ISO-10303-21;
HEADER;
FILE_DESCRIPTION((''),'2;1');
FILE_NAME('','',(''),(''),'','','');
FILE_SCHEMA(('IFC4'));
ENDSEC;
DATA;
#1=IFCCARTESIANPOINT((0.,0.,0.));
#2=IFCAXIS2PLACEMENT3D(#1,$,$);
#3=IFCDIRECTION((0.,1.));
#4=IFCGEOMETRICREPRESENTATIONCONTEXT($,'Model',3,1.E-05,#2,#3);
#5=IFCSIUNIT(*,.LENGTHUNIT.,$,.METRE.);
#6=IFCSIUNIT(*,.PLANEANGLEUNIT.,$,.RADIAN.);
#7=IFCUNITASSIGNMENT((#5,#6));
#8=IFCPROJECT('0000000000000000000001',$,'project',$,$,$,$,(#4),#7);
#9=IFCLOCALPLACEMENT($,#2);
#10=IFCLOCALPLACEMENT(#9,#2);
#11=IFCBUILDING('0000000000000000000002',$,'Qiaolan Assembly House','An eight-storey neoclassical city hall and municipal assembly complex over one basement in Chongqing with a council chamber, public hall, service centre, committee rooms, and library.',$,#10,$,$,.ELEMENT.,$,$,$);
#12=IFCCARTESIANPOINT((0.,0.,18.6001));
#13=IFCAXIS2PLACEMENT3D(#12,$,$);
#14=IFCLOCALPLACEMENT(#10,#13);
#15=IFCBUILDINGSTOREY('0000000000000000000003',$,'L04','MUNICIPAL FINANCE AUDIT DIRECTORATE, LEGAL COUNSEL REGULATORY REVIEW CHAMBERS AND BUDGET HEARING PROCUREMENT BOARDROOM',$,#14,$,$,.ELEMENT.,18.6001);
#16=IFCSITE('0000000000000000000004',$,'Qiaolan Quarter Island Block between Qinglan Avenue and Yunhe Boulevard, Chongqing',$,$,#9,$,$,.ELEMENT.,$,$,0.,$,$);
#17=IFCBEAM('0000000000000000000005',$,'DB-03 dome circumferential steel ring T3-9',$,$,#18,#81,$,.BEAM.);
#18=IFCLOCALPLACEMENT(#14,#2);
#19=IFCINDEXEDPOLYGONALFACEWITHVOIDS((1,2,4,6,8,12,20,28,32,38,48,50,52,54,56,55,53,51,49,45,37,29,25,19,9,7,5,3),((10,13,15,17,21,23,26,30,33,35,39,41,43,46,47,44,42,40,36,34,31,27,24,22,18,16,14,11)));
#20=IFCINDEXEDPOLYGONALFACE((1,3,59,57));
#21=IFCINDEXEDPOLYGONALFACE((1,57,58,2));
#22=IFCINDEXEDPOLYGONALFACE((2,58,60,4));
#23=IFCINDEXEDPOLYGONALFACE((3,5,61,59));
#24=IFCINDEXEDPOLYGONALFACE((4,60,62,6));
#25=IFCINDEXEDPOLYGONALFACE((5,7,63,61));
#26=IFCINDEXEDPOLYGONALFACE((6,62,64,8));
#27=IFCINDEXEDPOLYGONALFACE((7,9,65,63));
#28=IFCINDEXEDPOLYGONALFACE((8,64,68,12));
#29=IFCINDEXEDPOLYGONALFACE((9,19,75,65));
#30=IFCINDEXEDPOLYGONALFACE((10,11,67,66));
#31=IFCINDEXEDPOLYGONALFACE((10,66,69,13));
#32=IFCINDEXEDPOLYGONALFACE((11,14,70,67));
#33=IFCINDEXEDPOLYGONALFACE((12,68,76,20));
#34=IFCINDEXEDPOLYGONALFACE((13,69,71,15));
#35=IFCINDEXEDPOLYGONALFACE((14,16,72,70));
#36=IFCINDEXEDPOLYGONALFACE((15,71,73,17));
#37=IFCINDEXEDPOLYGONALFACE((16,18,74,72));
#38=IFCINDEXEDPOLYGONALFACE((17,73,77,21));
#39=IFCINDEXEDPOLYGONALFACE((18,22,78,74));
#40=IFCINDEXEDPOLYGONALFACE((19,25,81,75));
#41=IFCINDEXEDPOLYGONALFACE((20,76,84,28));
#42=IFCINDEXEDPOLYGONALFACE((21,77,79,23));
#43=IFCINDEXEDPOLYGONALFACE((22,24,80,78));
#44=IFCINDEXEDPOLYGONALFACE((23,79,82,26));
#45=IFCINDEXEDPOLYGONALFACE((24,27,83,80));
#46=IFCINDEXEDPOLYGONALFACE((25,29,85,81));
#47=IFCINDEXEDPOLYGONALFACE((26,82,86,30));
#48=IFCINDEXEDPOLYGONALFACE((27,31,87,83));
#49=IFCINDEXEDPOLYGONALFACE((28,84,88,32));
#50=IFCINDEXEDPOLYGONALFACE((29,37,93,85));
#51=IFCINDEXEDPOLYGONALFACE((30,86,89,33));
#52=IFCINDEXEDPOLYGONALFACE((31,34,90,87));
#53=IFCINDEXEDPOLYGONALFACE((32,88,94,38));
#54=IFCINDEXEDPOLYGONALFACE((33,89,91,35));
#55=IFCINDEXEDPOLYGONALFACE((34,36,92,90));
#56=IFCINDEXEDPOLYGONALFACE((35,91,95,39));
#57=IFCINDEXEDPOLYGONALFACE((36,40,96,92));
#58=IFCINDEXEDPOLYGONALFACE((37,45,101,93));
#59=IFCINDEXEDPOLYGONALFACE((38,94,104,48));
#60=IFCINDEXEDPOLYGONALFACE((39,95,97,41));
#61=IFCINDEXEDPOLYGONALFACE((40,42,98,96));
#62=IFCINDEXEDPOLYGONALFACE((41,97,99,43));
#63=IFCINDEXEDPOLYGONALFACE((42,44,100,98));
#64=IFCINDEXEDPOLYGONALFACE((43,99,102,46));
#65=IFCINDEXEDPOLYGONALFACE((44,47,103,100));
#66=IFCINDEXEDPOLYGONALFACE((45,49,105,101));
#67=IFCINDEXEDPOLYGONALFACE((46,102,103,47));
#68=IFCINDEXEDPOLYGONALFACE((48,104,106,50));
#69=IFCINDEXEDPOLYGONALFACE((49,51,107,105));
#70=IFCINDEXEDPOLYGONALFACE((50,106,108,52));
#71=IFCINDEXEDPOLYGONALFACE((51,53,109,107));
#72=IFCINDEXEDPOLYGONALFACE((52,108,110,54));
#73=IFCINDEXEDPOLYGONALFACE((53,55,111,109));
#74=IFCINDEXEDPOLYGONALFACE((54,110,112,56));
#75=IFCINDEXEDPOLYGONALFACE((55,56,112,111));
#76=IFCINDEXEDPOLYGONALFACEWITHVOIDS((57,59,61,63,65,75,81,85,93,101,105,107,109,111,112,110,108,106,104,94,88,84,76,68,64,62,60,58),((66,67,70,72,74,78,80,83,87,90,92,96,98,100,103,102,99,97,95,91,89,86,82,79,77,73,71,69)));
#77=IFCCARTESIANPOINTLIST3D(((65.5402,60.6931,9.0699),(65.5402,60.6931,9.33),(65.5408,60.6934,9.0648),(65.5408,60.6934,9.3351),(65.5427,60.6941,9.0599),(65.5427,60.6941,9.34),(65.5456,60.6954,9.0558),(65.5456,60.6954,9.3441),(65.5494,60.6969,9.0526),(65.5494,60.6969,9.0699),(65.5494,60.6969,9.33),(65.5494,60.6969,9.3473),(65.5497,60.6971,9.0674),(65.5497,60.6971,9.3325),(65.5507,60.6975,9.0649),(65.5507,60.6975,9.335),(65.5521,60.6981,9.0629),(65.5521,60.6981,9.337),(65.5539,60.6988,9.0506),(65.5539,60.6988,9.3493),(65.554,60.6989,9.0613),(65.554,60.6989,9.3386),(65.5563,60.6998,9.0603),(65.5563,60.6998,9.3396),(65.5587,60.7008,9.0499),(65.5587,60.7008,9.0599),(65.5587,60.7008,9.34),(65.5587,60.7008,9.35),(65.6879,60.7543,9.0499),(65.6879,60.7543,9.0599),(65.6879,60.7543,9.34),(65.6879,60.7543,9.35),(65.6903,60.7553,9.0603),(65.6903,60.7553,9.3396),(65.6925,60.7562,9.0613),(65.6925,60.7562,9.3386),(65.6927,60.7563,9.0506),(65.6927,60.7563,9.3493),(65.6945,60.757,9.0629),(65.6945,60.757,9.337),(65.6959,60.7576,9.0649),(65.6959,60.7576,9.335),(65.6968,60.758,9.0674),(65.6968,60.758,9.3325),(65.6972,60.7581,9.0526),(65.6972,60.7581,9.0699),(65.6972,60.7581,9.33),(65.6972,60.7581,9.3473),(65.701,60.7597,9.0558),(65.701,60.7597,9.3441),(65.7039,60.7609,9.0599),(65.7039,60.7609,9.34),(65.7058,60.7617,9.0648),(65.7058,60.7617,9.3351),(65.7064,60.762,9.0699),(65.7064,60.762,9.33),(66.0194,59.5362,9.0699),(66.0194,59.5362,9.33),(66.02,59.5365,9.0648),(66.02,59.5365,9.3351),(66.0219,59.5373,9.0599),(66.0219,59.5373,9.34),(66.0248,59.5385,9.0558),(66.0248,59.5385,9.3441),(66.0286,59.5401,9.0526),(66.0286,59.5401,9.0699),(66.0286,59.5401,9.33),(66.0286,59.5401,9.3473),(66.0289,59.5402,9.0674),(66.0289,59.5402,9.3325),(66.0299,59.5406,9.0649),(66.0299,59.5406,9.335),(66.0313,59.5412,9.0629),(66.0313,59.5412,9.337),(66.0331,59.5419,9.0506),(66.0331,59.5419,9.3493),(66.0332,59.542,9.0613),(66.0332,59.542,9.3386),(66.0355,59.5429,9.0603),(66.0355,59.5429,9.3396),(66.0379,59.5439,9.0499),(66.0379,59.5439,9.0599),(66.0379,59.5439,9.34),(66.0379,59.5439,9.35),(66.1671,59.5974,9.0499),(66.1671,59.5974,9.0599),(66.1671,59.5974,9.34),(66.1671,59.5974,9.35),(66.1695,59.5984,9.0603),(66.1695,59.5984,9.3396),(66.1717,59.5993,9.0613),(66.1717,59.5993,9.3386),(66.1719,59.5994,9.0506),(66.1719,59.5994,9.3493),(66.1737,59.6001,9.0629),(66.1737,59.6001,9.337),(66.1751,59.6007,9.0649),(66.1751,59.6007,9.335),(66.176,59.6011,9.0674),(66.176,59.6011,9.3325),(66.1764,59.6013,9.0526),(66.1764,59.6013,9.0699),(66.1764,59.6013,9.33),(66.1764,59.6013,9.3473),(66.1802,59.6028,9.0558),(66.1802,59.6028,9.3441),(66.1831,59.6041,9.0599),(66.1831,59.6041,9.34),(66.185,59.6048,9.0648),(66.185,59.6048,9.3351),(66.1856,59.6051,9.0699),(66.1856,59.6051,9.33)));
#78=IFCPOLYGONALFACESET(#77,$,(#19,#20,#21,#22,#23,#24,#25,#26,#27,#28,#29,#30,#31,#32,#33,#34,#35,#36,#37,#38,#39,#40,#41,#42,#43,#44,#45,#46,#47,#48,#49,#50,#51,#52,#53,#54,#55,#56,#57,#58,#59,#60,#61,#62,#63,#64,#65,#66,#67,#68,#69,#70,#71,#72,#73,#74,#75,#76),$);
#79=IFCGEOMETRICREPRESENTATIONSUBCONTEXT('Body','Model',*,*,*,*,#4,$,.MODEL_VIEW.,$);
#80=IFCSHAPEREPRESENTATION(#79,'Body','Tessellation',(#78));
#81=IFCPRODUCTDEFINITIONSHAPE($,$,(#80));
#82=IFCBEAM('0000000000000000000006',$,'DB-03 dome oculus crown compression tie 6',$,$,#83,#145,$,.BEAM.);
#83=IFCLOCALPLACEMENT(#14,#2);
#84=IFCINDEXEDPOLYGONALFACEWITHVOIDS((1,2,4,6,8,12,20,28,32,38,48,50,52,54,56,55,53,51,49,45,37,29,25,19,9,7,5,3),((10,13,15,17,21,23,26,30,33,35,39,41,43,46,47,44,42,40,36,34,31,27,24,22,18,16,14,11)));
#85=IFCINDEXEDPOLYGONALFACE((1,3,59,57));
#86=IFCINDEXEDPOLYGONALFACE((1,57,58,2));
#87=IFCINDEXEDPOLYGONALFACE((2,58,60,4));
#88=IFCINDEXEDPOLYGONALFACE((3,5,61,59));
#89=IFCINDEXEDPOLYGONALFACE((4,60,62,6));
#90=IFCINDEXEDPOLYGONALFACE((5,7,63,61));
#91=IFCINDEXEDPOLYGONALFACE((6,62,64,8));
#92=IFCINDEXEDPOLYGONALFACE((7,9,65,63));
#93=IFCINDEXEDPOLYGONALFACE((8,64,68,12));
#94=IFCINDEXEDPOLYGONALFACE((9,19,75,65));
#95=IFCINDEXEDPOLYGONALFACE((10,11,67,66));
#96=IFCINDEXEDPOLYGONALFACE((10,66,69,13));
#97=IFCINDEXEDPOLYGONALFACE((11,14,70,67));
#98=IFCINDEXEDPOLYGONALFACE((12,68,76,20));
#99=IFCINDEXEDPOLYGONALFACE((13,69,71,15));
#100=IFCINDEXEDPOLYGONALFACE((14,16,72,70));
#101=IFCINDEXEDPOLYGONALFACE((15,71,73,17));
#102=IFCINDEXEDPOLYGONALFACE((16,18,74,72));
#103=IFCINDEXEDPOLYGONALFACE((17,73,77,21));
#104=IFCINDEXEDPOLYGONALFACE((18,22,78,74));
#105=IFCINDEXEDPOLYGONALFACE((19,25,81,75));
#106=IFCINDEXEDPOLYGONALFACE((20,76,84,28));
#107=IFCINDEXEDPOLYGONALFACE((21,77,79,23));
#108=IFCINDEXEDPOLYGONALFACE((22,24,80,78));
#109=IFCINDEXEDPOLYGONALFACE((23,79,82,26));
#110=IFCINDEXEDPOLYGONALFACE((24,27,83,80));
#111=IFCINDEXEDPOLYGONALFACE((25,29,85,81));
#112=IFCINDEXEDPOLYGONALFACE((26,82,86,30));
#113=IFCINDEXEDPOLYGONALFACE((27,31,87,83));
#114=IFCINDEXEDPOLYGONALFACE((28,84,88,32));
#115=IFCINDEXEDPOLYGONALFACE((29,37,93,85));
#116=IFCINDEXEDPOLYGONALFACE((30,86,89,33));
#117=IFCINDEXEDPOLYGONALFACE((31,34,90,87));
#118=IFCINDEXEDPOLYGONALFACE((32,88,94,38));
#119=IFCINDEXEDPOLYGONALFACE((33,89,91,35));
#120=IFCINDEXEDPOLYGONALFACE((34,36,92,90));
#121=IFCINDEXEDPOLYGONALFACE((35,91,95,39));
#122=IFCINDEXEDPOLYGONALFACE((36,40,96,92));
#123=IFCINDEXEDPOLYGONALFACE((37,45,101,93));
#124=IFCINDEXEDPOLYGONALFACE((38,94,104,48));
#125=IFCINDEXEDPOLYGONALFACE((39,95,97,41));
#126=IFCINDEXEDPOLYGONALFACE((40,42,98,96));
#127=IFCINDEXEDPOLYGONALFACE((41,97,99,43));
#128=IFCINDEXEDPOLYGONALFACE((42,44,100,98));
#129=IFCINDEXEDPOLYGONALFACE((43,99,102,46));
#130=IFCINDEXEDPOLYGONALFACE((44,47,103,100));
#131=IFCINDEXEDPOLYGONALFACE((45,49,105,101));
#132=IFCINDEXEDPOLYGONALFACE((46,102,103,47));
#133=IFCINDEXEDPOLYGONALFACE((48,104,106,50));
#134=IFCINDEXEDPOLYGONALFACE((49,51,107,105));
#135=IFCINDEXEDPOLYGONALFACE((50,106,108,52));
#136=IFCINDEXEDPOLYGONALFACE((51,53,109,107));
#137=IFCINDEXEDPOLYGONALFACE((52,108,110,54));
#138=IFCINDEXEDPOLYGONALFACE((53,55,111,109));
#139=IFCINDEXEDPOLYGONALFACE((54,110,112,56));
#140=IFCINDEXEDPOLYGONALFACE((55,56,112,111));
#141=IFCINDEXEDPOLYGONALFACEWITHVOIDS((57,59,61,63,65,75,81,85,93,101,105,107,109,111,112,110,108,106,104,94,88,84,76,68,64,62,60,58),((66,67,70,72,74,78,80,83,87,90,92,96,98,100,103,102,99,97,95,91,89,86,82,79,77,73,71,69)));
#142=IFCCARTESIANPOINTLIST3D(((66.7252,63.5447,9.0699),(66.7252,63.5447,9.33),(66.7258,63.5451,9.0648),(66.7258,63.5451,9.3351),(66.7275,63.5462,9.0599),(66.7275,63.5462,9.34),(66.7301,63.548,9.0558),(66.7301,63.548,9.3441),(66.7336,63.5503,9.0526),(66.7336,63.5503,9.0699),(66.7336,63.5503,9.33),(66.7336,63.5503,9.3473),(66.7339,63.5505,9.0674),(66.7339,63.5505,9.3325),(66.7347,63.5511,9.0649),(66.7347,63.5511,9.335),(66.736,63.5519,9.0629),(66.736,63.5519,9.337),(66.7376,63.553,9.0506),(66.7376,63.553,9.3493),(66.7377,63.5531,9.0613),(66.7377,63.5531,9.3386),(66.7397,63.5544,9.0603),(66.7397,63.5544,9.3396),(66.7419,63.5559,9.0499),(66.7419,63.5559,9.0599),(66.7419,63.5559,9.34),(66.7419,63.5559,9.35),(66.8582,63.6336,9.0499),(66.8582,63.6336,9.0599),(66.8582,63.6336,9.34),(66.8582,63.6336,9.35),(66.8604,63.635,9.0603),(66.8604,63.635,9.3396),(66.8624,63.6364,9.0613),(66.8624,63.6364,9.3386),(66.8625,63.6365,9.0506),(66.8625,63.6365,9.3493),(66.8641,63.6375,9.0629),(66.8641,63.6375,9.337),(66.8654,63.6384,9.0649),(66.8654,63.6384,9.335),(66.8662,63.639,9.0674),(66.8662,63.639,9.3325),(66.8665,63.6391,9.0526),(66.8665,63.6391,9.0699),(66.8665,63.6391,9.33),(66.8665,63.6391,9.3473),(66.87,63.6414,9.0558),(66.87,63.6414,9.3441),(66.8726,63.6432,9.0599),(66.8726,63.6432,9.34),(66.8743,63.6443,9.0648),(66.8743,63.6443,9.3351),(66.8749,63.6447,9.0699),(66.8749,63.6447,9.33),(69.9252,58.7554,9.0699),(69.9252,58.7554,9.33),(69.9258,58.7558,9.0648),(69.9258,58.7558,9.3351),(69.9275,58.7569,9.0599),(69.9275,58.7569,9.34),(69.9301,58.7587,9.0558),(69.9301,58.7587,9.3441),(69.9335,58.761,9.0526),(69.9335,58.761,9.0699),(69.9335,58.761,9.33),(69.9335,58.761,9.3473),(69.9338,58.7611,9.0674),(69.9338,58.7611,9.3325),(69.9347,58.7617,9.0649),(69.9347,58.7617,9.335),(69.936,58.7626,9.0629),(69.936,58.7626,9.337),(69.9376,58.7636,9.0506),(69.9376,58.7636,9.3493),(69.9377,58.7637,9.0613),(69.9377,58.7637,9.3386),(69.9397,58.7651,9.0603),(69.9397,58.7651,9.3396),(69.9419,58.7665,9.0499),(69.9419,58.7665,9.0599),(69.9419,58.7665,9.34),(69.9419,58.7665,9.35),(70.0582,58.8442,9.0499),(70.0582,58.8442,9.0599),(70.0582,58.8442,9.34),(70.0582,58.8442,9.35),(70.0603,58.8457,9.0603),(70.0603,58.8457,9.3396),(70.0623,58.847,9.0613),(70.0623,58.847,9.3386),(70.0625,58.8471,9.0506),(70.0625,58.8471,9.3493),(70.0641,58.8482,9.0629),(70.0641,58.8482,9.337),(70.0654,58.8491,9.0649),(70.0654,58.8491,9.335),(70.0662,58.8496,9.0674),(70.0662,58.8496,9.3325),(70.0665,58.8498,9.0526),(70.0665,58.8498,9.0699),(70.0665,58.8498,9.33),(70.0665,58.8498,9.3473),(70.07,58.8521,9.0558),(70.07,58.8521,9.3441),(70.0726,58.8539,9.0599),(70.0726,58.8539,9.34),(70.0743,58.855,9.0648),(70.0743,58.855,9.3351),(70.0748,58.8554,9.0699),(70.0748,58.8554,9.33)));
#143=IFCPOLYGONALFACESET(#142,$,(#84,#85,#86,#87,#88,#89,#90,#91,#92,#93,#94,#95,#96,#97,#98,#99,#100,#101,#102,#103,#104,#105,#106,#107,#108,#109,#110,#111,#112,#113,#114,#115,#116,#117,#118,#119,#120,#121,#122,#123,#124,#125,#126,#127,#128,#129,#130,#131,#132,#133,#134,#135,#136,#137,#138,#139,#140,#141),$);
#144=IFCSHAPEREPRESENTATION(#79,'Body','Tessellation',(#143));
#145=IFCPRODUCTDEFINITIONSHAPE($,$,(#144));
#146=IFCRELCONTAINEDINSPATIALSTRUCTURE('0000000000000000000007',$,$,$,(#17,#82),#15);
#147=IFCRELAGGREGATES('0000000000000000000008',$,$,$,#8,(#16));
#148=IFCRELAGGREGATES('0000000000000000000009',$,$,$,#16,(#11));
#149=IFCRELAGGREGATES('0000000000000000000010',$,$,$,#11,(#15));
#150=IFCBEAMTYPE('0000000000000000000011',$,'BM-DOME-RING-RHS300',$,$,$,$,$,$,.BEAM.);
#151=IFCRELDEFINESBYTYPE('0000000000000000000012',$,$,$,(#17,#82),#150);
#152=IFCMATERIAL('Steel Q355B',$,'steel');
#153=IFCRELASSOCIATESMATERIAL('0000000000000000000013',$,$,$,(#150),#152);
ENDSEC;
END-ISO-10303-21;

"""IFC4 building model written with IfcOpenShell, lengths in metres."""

from ifc_helpers import new_model, si_unit, direction, frame, origin, origin_2d, place, context, subcontext, project, spatial, hollow_rectangle, extrude, material, material_profile, profile_set, type_object, element, save


model = new_model("IFC4")

# Units and contexts
model_context = context("Model", 3, precision=1e-05, world=origin(), true_north=direction((0.0, 1.0)))
body_context = subcontext(model_context, "Body", "Model", "MODEL_VIEW")
ifc_project = project(units=[si_unit("LENGTHUNIT", "METRE"), si_unit("PLANEANGLEUNIT", "RADIAN")], contexts=[model_context])

# Site, building, storey
site_placement = place(None, origin())
site = spatial("IfcSite", under=ifc_project, at=site_placement, Name="Qiaolan Quarter Island Block between Qinglan Avenue and Yunhe Boulevard, Chongqing", CompositionType="ELEMENT", RefElevation=0.0)
building_placement = place(site_placement, origin())
building = spatial("IfcBuilding", under=site, at=building_placement, Name="Qiaolan Assembly House", Description="An eight-storey neoclassical city hall and municipal assembly complex over one basement in Chongqing with a council chamber, public hall, service centre, committee rooms, and library.", CompositionType="ELEMENT")
storey_placement = place(building_placement, frame((0.0, 0.0, 18.6001)))
storey = spatial("IfcBuildingStorey", under=building, at=storey_placement, Name="L04", Description="MUNICIPAL FINANCE AUDIT DIRECTORATE, LEGAL COUNSEL REGULATORY REVIEW CHAMBERS AND BUDGET HEARING PROCUREMENT BOARDROOM", CompositionType="ELEMENT", Elevation=18.6001)

# Beams
ifc_material_1 = material(Name="Steel Q355B", Category="steel")
ifc_material_profile_1 = material_profile(ifc_material_1, hollow_rectangle(XDim=0.1799, YDim=0.3, WallThickness=0.01, InnerFilletRadius=0.01, OuterFilletRadius=0.02, at=origin_2d()), Name="RHS 300x180x10")
ifc_profile_set_1 = profile_set([ifc_material_profile_1], Name="Steel Q355B")
beam_type_1 = type_object("IfcBeamType", Name="BM-DOME-RING-RHS300", PredefinedType="BEAM", material=ifc_profile_set_1)
beam_1_placement = place(storey_placement, frame((65.6233, 60.7275, 9.2), z_axis=(0.38269, -0.923877, 0.0), x_axis=(0.923877, 0.38269, 0.0)))
element("IfcBeam", 1, at=beam_1_placement, inside=storey, type_object=beam_type_1, Name="DB-03 dome circumferential steel ring T3-9", PredefinedType="BEAM", context=body_context, shape_type="SweptSolid", body=[
    extrude(hollow_rectangle(XDim=0.1799, YDim=0.3, WallThickness=0.01, InnerFilletRadius=0.01, OuterFilletRadius=0.02, at=origin_2d()), origin(), (0.0, 0.0, 1.0), 1.2522),
])
for number, where, z_axis, x_axis, name in (
    (2, (66.8, 63.5947, 9.2), (0.555551, -0.831483, 0.0), (0.831483, 0.555551, 0.0), "DB-03 dome oculus crown compression tie 6"),
):
    element("IfcBeam", number, at=place(storey_placement, frame(where, z_axis=z_axis, x_axis=x_axis)), inside=storey, type_object=beam_type_1, Name=name, PredefinedType="BEAM", context=body_context, shape_type="SweptSolid", body=[
        extrude(hollow_rectangle(XDim=0.1799, YDim=0.3, WallThickness=0.01, InnerFilletRadius=0.01, OuterFilletRadius=0.02, at=origin_2d()), origin(), (0.0, 0.0, 1.0), 5.76),
    ])

save(model, "model.ifc")
